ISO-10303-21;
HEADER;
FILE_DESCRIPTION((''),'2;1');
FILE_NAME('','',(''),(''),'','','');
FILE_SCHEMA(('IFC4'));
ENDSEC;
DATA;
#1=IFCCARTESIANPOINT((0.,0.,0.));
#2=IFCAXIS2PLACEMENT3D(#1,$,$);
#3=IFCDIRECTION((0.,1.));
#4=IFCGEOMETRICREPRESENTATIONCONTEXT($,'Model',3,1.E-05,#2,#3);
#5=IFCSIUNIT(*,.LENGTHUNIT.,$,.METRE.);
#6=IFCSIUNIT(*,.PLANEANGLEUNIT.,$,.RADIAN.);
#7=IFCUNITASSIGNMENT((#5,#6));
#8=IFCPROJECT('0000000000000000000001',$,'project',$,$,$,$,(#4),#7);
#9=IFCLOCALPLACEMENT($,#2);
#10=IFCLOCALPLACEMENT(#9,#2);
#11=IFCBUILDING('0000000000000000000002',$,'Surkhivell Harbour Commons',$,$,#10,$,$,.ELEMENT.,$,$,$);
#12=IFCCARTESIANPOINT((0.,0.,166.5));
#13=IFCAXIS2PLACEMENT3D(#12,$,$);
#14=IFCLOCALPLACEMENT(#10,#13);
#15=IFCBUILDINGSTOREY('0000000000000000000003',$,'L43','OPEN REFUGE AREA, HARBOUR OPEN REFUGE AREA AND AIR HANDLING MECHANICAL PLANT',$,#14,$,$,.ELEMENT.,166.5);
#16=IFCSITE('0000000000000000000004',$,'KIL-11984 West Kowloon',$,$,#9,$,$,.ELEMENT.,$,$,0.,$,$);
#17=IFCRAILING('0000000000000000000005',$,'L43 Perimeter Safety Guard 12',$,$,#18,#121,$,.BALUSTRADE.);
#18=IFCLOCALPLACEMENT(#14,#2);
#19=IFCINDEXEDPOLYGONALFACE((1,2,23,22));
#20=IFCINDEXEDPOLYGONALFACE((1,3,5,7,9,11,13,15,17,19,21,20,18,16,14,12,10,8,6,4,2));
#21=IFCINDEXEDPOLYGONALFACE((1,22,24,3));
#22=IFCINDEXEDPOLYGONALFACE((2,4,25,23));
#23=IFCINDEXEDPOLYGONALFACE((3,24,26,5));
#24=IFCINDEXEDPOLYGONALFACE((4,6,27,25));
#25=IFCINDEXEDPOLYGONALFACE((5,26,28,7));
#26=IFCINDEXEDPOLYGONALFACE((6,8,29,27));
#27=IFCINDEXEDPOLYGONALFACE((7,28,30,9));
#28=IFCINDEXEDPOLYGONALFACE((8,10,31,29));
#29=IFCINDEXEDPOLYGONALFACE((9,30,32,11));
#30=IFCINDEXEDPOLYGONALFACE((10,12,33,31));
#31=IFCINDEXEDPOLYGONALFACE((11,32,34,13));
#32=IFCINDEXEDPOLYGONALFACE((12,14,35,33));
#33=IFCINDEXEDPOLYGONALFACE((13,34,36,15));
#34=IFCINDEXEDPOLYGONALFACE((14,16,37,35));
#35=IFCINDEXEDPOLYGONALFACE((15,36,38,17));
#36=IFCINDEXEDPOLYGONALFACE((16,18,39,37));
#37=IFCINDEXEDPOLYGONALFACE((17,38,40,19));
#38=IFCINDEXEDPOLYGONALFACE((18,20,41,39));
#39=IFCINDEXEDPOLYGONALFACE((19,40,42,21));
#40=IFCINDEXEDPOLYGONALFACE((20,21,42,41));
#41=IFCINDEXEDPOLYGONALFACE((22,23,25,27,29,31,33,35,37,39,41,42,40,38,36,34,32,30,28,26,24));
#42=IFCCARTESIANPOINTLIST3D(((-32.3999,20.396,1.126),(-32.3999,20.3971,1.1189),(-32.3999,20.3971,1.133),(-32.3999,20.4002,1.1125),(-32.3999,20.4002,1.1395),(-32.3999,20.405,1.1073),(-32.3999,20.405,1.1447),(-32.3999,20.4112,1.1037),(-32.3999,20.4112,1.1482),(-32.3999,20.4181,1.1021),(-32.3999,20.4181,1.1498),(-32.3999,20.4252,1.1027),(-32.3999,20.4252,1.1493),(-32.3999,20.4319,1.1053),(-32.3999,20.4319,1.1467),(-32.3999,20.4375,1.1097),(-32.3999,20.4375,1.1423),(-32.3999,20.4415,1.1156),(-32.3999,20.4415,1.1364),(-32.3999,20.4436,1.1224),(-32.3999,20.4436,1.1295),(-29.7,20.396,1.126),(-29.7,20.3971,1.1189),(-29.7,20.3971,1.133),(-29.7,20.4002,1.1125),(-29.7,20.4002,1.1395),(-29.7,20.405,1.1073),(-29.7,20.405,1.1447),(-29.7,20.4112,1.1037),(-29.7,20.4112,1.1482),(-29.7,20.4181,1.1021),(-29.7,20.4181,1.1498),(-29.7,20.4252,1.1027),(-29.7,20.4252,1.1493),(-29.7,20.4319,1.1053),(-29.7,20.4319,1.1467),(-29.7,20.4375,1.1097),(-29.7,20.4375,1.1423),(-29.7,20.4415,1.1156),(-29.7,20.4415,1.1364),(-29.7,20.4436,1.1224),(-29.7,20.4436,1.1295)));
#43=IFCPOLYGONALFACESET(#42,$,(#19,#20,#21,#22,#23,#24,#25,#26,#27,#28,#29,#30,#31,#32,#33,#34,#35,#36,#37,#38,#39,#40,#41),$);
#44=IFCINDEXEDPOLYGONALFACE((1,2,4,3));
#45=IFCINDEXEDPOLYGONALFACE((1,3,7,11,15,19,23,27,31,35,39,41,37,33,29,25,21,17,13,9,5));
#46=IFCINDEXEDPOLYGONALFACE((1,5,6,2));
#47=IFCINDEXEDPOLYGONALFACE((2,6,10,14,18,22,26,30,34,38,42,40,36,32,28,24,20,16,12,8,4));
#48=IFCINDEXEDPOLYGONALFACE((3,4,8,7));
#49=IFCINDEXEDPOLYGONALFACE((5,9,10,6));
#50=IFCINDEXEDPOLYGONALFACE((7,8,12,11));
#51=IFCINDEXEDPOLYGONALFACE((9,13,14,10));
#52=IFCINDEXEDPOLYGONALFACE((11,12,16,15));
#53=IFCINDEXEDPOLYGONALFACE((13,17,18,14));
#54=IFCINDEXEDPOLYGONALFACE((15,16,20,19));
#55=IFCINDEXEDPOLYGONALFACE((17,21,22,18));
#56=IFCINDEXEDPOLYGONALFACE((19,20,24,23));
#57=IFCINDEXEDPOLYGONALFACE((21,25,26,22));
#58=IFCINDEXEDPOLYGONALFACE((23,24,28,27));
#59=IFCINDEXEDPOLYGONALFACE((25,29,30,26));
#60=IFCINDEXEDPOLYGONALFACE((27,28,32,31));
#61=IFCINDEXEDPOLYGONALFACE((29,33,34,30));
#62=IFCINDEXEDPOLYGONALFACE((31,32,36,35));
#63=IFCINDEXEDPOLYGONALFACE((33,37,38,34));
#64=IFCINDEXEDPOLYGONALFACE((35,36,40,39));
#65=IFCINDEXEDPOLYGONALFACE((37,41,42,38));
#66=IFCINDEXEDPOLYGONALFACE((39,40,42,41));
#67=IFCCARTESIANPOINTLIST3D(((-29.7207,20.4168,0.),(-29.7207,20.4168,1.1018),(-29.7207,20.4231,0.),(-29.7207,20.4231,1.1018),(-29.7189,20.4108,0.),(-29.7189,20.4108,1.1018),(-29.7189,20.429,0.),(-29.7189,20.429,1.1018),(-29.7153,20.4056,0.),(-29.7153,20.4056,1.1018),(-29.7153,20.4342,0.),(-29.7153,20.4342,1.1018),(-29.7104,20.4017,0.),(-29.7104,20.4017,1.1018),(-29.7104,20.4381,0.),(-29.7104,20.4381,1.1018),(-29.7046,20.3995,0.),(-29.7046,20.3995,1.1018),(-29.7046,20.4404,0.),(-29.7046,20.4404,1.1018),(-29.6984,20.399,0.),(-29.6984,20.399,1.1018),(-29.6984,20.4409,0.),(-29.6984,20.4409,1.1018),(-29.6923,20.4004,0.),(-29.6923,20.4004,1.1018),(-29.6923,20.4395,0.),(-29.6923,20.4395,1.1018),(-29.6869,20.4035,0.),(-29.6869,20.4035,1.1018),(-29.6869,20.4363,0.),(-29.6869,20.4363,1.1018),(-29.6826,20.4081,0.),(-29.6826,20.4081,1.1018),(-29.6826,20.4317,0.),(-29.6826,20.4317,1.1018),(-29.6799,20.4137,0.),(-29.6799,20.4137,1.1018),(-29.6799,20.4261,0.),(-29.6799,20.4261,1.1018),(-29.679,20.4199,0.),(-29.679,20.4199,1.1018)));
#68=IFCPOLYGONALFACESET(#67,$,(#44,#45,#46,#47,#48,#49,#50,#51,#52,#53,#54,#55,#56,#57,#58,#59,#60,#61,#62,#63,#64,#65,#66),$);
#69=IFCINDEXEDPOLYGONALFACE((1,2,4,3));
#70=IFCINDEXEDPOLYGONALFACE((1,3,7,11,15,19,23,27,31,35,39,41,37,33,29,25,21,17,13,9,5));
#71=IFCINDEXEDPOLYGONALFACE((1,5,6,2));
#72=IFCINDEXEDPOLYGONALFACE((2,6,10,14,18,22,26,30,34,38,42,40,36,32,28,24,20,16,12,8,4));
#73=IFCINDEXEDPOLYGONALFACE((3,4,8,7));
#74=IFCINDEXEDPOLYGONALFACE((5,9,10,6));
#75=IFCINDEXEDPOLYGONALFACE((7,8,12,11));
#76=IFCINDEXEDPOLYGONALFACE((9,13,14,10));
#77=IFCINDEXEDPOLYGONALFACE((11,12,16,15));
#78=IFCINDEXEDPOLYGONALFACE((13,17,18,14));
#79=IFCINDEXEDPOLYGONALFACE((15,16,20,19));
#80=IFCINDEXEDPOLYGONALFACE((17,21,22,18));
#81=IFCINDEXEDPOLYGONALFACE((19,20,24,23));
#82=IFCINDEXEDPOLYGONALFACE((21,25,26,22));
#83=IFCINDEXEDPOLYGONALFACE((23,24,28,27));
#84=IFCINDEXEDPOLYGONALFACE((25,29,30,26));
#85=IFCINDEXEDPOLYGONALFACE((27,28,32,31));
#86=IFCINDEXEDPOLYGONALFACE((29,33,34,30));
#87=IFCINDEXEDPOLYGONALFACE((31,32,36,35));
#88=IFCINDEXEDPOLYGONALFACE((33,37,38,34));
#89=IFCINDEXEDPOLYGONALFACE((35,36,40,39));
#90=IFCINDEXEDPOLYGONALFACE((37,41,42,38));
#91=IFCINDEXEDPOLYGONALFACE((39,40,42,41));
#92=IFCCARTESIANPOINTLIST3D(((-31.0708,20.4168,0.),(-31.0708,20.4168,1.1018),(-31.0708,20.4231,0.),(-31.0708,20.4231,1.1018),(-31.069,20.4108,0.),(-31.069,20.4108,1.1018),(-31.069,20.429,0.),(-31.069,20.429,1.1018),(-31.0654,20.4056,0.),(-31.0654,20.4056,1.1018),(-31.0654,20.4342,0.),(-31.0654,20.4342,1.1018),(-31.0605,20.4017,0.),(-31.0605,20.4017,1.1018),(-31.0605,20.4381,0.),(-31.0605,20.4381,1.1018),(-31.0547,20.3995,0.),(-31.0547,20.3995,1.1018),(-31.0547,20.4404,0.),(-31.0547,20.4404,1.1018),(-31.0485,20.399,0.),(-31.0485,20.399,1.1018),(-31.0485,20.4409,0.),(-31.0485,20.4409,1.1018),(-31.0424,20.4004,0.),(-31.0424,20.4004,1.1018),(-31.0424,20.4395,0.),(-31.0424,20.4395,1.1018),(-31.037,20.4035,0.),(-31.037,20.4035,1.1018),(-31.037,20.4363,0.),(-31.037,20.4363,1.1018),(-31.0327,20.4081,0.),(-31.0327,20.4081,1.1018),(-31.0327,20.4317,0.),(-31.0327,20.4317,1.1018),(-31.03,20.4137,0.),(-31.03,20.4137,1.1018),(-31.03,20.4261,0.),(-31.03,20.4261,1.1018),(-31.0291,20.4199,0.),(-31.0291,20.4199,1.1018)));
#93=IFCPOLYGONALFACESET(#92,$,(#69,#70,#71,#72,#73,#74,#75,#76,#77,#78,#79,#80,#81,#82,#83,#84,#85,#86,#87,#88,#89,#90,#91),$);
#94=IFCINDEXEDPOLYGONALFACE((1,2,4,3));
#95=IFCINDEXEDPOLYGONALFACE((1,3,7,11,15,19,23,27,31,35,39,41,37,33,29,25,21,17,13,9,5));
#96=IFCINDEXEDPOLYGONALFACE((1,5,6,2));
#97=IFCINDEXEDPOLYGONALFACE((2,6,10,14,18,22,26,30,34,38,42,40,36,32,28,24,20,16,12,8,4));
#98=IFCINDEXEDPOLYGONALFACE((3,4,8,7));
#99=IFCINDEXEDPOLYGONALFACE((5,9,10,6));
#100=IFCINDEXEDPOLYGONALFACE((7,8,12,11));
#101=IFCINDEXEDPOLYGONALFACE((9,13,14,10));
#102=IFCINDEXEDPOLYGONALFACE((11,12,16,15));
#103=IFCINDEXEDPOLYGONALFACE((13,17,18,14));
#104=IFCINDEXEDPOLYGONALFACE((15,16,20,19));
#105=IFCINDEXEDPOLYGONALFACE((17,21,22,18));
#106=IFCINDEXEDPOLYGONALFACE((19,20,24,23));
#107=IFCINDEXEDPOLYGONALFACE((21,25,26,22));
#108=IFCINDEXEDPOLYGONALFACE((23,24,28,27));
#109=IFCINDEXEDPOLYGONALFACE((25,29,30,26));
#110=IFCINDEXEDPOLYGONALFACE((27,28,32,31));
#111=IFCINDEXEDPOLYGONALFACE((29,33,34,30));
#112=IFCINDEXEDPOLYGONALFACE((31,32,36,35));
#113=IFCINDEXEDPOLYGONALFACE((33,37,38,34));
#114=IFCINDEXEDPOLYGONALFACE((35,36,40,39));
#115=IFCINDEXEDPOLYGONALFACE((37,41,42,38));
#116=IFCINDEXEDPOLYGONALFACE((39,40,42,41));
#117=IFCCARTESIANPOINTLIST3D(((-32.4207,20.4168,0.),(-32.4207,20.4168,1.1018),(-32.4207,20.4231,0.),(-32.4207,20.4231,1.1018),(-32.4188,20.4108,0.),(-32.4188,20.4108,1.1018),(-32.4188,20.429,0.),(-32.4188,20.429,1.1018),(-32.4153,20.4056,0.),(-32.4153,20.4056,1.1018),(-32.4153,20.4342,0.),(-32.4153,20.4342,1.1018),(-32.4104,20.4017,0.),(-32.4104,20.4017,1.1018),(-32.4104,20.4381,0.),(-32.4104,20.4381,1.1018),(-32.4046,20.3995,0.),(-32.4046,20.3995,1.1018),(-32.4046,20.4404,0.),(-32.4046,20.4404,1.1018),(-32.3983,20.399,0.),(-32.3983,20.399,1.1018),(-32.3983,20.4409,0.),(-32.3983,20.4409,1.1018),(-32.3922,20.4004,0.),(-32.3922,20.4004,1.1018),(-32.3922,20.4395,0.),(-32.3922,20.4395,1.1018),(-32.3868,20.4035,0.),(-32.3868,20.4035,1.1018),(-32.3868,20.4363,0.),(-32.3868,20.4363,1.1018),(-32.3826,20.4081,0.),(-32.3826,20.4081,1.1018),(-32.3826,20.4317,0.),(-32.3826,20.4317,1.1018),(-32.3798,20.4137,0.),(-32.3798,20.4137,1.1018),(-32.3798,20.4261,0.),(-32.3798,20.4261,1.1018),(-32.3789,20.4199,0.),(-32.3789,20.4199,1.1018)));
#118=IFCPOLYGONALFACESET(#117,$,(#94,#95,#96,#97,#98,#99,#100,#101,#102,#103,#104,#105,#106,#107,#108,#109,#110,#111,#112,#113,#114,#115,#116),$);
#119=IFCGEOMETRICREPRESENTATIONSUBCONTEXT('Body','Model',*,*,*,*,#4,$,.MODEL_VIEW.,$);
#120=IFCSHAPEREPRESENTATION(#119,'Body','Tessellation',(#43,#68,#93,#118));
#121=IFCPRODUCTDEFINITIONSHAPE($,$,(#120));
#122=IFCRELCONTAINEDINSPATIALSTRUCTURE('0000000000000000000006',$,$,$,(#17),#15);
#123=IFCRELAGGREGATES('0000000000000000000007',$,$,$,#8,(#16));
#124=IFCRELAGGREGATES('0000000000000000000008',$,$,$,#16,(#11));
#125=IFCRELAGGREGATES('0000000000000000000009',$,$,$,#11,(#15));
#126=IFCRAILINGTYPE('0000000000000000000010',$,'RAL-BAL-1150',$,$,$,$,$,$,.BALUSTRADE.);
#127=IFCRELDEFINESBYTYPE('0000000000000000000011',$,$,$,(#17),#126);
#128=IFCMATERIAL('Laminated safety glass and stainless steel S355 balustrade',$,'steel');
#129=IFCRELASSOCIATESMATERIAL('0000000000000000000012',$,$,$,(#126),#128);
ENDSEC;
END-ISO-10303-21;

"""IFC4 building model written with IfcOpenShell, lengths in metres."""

from ifc_helpers import new_model, si_unit, direction, frame, origin, origin_2d, place, context, subcontext, project, spatial, circle, extrude, material, type_object, element, save


model = new_model("IFC4")

# Units and contexts
model_context = context("Model", 3, precision=1e-05, world=origin(), true_north=direction((0.0, 1.0)))
body_context = subcontext(model_context, "Body", "Model", "MODEL_VIEW")
ifc_project = project(units=[si_unit("LENGTHUNIT", "METRE"), si_unit("PLANEANGLEUNIT", "RADIAN")], contexts=[model_context])

# Site, building, storey
site_placement = place(None, origin())
site = spatial("IfcSite", under=ifc_project, at=site_placement, Name="KIL-11984 West Kowloon", CompositionType="ELEMENT", RefElevation=0.0)
building_placement = place(site_placement, origin())
building = spatial("IfcBuilding", under=site, at=building_placement, Name="Surkhivell Harbour Commons", CompositionType="ELEMENT")
storey_placement = place(building_placement, frame((0.0, 0.0, 166.5)))
storey = spatial("IfcBuildingStorey", under=building, at=storey_placement, Name="L43", Description="OPEN REFUGE AREA, HARBOUR OPEN REFUGE AREA AND AIR HANDLING MECHANICAL PLANT", CompositionType="ELEMENT", Elevation=166.5)

# Railing
ifc_material_1 = material(Name="Laminated safety glass and stainless steel S355 balustrade", Category="steel")
railing_type = type_object("IfcRailingType", Name="RAL-BAL-1150", PredefinedType="BALUSTRADE", material=ifc_material_1)
railing_1_placement = place(storey_placement, frame((-29.7, 20.4199, 0.0)))
element("IfcRailing", 1, at=railing_1_placement, inside=storey, type_object=railing_type, Name="L43 Perimeter Safety Guard 12", PredefinedType="BALUSTRADE", context=body_context, shape_type="SweptSolid", body=[
    extrude(circle(Radius=0.0239, at=origin_2d()), frame((0.0, 0.0, 1.126), z_axis=(-1.0, 0.0, 0.0), x_axis=(0.0, -1.0, 0.0)), (0.0, 0.0, 1.0), 2.7),
    extrude(circle(Radius=0.021, at=origin_2d()), origin(), (0.0, 0.0, 1.0), 1.1018),
    extrude(circle(Radius=0.021, at=origin_2d()), frame((-1.3501, 0.0, 0.0)), (0.0, 0.0, 1.0), 1.1018),
    extrude(circle(Radius=0.021, at=origin_2d()), frame((-2.7, 0.0, 0.0)), (0.0, 0.0, 1.0), 1.1018),
])

save(model, "model.ifc")
